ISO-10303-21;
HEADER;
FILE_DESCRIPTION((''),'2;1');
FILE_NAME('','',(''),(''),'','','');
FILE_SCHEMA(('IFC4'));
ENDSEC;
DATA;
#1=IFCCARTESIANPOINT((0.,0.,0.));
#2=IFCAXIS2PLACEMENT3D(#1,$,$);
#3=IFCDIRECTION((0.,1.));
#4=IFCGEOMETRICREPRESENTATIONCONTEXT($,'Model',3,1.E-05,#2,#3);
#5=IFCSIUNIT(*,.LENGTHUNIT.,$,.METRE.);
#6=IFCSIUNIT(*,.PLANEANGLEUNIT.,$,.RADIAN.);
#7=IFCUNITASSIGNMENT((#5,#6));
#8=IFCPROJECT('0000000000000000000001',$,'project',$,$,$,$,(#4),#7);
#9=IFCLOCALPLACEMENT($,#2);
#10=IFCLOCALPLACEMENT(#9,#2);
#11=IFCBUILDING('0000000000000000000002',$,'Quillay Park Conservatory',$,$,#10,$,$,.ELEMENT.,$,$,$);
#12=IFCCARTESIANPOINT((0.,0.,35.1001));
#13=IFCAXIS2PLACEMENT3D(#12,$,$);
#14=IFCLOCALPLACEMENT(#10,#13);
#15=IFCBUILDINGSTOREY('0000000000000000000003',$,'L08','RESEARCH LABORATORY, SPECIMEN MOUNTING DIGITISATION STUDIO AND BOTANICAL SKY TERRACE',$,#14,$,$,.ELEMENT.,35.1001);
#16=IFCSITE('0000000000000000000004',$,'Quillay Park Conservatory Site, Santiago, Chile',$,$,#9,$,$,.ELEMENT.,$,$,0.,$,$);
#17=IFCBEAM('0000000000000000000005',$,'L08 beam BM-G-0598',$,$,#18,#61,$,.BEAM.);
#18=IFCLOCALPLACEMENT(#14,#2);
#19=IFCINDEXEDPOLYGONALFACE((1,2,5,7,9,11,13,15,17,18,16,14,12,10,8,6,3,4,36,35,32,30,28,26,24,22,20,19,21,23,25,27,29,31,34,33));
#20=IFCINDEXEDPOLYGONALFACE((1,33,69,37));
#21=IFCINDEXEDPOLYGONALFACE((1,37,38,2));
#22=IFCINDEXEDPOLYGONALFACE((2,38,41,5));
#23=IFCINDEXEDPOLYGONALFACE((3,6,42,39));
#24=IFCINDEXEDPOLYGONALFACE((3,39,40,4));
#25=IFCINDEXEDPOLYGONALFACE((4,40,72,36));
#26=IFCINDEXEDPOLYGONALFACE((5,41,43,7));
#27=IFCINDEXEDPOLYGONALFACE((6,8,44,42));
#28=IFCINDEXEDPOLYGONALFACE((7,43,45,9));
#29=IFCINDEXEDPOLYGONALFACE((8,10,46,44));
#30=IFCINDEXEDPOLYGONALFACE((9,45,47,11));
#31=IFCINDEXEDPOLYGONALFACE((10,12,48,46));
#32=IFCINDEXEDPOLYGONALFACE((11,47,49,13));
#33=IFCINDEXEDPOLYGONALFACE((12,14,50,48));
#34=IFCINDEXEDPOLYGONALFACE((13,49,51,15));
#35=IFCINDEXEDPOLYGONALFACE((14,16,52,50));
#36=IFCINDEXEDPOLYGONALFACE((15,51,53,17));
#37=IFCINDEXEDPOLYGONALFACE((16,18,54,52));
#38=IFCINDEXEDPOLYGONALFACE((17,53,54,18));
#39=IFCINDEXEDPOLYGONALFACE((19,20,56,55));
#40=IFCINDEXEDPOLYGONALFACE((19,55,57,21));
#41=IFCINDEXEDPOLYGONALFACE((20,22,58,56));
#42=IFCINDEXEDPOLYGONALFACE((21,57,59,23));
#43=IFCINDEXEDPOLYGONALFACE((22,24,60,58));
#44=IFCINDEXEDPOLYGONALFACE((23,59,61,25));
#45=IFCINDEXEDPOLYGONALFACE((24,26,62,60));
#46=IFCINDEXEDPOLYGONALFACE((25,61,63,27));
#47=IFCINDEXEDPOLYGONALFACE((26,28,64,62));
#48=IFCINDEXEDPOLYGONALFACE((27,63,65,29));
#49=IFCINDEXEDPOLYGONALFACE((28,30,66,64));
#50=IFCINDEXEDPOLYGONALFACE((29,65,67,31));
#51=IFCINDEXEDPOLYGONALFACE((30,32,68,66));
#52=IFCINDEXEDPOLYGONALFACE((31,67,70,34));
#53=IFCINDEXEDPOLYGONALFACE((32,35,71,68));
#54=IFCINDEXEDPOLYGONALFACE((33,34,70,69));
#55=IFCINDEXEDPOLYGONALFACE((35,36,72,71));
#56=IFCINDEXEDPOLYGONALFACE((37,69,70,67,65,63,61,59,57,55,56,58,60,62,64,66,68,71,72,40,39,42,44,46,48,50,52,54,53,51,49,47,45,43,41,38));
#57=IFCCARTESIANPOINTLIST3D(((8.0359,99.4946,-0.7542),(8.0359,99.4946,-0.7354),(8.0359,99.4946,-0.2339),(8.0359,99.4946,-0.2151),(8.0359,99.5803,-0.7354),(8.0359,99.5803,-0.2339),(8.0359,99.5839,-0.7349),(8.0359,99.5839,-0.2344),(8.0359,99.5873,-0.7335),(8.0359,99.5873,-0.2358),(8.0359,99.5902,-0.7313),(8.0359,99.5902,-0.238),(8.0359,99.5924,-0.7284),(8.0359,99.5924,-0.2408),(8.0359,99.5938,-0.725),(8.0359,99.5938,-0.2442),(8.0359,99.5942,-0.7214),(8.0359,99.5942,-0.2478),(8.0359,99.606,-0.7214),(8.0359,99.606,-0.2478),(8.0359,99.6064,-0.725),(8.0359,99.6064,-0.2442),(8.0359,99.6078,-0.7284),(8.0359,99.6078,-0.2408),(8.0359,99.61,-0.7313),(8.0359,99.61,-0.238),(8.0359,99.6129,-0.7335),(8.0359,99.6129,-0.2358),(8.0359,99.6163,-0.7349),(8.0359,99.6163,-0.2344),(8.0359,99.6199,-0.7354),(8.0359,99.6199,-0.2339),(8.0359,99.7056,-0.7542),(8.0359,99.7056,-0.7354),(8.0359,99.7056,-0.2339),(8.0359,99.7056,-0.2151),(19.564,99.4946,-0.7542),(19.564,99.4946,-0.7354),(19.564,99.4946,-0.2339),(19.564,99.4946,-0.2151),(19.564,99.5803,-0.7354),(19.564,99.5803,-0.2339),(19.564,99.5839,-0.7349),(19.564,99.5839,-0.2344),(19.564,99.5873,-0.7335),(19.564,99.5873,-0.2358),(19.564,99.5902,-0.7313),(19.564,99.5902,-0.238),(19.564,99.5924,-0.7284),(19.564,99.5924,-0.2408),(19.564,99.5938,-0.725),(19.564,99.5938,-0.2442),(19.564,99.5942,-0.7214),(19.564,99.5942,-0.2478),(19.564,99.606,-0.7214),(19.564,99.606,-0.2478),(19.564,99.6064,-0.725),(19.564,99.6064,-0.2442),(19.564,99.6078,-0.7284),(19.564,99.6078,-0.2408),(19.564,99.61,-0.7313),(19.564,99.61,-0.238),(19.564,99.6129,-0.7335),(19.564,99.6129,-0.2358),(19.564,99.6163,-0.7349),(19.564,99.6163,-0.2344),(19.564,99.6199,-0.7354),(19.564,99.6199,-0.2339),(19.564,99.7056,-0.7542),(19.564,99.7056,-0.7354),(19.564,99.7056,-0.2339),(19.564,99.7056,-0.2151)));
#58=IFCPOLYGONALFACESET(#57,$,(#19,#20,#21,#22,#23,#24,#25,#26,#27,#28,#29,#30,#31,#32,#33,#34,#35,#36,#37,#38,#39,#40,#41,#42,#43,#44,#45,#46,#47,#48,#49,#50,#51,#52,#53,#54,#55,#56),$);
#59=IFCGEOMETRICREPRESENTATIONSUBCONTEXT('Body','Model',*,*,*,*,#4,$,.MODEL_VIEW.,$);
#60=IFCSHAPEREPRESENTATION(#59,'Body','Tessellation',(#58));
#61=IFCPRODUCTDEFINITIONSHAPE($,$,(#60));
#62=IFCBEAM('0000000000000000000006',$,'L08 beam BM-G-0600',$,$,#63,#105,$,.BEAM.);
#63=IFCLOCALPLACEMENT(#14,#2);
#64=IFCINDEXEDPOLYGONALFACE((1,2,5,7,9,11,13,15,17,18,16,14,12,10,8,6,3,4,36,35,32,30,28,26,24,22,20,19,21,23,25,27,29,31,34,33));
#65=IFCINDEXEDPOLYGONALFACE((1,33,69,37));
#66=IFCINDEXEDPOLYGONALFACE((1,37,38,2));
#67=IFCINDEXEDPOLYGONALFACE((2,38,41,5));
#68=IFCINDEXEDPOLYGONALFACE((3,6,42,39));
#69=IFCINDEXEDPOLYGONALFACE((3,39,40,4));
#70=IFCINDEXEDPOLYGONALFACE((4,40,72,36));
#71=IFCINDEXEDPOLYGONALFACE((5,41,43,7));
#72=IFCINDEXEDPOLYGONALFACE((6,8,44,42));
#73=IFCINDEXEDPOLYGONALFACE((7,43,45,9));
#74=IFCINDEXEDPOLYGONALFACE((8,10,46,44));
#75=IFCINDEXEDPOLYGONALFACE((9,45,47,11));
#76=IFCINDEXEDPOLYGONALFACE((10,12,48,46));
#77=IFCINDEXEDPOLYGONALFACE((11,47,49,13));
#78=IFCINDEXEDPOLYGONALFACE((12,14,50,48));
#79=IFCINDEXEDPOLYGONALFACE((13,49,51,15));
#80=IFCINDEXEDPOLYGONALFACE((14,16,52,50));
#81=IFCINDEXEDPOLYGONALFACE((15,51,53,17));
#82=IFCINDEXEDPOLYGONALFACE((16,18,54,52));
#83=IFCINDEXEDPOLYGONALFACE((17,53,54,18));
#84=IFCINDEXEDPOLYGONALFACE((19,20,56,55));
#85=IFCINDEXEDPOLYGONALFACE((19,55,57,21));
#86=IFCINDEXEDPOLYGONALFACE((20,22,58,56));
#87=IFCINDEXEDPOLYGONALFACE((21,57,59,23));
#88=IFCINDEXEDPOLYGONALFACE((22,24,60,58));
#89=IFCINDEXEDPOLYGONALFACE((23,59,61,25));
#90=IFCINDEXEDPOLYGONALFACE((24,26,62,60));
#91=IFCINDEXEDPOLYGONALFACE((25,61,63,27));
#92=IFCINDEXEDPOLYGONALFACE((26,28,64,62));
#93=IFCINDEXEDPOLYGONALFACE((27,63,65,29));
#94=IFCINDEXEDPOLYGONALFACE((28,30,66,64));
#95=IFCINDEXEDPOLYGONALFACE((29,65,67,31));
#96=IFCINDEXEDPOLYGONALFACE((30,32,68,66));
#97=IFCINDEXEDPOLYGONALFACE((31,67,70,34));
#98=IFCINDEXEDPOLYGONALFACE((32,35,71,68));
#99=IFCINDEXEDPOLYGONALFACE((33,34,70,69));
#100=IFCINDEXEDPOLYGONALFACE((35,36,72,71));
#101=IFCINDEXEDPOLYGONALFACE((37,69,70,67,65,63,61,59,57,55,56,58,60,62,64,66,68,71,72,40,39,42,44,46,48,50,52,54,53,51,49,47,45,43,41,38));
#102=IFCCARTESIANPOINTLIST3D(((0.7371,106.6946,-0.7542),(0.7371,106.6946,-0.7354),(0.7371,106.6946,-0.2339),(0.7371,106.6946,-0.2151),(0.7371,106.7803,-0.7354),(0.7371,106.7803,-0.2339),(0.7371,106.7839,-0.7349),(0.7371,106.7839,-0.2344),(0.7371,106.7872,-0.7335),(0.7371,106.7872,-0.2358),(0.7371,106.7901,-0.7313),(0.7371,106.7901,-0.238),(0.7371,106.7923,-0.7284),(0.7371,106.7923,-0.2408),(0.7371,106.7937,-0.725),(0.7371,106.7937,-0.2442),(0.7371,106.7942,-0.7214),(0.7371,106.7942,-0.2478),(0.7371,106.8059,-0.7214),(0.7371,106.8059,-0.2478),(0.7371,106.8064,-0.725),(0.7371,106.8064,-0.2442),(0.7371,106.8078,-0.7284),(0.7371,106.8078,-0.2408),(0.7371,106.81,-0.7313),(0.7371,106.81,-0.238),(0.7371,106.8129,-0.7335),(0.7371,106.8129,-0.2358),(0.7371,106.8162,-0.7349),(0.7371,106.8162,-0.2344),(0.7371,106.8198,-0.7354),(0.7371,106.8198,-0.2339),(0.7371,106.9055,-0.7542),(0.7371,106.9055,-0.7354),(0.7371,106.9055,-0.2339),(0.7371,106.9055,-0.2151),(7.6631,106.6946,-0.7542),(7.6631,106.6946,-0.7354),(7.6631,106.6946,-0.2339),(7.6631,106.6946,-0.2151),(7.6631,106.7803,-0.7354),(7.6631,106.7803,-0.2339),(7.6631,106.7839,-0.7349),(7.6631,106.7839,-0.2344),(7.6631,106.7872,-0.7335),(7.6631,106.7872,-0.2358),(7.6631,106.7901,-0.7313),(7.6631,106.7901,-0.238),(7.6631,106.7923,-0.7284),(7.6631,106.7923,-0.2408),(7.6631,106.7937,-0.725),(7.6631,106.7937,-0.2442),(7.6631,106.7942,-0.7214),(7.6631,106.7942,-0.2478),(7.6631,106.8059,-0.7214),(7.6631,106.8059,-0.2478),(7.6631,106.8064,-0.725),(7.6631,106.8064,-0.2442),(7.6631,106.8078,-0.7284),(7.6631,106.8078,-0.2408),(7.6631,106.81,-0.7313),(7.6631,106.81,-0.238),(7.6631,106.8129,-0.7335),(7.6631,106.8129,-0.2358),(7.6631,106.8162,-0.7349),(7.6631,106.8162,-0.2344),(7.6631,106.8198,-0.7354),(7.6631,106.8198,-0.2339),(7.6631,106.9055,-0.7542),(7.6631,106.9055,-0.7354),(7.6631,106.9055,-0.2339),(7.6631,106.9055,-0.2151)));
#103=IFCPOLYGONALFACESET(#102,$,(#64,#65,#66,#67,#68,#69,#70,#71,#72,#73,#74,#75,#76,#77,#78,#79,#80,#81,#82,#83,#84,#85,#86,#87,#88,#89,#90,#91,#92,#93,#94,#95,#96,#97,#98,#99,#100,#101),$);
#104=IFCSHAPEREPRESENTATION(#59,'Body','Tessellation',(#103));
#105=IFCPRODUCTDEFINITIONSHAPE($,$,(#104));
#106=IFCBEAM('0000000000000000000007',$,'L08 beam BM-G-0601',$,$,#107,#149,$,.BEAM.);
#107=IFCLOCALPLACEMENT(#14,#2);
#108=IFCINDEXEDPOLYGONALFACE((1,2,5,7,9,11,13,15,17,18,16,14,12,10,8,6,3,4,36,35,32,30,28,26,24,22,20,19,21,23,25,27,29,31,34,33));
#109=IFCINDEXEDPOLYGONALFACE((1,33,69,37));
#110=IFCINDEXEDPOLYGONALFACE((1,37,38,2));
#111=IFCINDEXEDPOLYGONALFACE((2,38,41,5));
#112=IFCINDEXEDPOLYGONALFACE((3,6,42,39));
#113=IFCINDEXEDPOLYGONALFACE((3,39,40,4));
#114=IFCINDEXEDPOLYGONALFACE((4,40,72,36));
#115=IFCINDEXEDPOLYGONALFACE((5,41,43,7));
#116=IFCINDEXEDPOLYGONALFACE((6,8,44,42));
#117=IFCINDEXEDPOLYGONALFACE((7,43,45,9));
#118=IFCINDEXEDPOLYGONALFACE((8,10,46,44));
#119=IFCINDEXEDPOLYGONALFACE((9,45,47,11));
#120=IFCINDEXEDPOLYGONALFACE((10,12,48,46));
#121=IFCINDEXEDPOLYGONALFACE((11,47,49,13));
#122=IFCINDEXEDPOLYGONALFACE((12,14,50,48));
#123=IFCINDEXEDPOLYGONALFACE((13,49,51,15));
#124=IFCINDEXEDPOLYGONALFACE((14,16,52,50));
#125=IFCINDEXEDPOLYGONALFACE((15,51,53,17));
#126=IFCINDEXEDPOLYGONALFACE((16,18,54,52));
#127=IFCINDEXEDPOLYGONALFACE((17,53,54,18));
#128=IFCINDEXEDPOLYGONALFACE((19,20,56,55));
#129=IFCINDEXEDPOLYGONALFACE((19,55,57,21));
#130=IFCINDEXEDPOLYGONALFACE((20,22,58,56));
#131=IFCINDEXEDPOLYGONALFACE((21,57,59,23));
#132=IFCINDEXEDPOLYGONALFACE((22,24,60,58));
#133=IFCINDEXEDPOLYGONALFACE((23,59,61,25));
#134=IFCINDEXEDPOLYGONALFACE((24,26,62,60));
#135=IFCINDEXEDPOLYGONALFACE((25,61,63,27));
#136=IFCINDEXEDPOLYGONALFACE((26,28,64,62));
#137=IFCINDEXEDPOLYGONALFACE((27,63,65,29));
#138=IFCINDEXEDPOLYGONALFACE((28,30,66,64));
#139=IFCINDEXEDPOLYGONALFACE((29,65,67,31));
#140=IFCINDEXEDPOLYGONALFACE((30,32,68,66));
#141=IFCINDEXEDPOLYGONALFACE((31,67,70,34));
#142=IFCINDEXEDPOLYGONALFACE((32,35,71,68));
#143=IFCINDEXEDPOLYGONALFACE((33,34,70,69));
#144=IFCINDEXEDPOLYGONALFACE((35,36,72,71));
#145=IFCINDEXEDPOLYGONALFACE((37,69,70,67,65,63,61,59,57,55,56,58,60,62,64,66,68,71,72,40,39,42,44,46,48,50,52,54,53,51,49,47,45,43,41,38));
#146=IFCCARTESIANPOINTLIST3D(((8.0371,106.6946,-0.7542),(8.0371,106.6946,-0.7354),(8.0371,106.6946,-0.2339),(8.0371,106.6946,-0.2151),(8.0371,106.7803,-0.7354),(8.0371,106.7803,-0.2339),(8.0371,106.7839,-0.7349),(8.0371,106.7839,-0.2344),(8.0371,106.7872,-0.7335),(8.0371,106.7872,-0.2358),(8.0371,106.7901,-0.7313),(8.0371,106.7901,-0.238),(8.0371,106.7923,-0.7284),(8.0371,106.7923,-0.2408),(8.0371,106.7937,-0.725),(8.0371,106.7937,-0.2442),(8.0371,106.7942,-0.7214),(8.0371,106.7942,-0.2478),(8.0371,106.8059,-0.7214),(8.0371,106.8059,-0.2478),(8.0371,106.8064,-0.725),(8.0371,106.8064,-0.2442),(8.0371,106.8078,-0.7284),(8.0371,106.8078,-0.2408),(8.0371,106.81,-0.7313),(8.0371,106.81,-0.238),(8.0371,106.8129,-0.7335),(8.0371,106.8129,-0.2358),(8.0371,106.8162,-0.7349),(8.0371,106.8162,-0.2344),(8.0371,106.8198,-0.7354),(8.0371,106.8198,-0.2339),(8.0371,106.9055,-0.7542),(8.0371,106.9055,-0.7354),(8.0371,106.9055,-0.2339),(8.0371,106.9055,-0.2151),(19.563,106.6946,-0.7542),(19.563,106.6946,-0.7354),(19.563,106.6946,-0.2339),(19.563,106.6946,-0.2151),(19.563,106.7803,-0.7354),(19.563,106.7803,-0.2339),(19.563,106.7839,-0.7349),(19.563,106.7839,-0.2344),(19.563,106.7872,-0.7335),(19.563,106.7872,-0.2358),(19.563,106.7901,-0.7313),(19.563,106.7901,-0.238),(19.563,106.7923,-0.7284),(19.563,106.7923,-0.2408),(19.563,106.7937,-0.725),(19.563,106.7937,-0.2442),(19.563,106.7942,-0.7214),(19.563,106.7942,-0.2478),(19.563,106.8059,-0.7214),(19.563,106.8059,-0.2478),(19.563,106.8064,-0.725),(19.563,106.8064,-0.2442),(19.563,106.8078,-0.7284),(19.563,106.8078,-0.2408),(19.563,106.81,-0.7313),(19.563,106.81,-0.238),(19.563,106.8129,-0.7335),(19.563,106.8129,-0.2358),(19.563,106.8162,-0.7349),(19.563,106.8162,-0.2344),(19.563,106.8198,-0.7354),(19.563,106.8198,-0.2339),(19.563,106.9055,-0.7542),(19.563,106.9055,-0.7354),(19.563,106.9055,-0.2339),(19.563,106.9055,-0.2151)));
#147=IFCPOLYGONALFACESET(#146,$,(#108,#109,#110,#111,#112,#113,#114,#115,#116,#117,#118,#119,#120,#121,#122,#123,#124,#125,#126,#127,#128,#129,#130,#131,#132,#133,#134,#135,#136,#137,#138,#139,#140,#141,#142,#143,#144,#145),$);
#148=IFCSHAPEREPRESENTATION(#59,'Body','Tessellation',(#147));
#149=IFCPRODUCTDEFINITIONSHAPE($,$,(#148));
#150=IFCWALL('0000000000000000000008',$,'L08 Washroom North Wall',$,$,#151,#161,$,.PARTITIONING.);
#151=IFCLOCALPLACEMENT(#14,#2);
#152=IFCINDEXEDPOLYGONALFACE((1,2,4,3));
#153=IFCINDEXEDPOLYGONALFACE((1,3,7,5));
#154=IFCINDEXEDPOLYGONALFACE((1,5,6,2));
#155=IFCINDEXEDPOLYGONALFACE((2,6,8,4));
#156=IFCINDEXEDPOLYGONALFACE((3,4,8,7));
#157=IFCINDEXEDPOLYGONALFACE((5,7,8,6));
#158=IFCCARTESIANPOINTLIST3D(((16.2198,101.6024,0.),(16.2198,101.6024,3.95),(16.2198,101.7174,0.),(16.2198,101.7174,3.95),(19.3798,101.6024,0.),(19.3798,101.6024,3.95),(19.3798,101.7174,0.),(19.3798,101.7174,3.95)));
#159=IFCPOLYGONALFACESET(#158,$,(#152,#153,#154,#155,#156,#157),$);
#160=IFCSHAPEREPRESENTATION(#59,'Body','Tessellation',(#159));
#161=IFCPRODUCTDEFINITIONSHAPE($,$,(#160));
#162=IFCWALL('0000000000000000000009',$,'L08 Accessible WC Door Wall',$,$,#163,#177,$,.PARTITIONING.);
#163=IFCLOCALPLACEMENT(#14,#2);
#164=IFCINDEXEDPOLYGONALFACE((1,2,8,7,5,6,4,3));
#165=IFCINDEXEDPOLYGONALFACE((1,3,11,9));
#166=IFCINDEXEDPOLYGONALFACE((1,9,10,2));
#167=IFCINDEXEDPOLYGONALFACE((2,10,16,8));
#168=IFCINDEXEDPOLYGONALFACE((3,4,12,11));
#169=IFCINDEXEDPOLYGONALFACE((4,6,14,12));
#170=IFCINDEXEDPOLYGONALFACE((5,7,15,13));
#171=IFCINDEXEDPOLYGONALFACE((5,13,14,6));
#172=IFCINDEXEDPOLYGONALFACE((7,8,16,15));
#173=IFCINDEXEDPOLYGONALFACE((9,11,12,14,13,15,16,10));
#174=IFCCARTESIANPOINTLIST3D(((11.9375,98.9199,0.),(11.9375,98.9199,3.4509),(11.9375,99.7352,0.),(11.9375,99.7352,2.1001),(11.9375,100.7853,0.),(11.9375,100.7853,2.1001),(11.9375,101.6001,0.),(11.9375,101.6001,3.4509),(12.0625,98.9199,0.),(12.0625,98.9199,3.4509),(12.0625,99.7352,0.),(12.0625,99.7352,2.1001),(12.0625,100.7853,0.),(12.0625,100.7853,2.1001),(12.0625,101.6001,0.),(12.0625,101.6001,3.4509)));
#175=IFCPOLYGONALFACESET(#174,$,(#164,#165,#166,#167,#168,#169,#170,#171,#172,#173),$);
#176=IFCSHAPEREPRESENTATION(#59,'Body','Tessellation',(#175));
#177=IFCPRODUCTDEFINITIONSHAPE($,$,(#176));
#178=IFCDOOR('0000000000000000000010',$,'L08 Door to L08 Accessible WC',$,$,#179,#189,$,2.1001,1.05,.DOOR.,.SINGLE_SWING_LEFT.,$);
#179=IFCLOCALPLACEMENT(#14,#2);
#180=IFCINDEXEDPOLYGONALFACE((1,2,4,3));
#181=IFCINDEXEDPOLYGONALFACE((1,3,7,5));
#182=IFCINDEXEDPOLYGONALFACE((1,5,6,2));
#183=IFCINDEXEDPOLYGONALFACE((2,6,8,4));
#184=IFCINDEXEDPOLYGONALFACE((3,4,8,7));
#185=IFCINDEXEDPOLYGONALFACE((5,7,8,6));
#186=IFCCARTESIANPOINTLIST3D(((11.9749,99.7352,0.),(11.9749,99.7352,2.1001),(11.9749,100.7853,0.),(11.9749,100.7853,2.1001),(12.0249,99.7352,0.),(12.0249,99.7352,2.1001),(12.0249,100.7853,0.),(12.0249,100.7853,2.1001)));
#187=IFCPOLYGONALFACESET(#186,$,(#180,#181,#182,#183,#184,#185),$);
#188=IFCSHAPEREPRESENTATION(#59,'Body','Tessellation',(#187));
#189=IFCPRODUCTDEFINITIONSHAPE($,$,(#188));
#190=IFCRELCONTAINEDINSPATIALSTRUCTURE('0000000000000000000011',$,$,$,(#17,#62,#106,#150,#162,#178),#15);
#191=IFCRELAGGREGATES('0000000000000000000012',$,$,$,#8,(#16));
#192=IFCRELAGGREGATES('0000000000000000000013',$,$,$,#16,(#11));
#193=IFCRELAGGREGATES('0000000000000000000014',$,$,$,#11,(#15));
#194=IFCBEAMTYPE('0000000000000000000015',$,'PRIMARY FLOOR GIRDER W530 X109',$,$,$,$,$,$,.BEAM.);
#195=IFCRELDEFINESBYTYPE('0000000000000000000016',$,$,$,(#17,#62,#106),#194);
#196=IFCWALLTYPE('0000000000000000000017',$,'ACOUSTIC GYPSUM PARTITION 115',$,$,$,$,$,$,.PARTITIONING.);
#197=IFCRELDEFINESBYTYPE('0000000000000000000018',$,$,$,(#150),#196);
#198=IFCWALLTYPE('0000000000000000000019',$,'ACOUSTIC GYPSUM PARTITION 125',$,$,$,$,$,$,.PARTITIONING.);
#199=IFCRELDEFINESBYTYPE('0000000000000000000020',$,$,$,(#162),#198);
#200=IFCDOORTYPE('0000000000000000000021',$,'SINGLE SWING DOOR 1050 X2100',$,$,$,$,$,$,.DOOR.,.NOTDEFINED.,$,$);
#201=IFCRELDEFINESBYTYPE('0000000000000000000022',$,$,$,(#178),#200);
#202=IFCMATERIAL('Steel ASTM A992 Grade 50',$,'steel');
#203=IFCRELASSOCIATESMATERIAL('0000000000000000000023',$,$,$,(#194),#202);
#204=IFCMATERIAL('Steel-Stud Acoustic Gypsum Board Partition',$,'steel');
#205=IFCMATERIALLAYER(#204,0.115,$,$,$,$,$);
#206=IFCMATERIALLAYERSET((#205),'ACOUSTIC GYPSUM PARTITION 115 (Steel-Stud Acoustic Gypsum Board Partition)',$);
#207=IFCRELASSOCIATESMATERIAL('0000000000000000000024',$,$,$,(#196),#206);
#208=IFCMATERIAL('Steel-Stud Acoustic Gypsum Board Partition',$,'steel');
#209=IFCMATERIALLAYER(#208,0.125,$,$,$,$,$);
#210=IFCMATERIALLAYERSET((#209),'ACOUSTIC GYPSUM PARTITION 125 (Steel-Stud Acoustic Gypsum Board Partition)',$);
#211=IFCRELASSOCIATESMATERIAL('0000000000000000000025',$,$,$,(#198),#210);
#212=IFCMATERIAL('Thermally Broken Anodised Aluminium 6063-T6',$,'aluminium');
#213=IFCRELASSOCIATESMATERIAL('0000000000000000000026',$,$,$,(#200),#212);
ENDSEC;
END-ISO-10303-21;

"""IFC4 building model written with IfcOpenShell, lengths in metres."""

from ifc_helpers import new_model, si_unit, direction, frame, frame_2d, origin, origin_2d, place, context, subcontext, project, spatial, rectangle, i_section, extrude, material, layer, layer_set, material_profile, profile_set, type_object, element, fill, save


model = new_model("IFC4")

# Units and contexts
model_context = context("Model", 3, precision=1e-05, world=origin(), true_north=direction((0.0, 1.0)))
body_context = subcontext(model_context, "Body", "Model", "MODEL_VIEW")
ifc_project = project(units=[si_unit("LENGTHUNIT", "METRE"), si_unit("PLANEANGLEUNIT", "RADIAN")], contexts=[model_context])

# Site, building, storey
site_placement = place(None, origin())
site = spatial("IfcSite", under=ifc_project, at=site_placement, Name="Quillay Park Conservatory Site, Santiago, Chile", CompositionType="ELEMENT", RefElevation=0.0)
building_placement = place(site_placement, origin())
building = spatial("IfcBuilding", under=site, at=building_placement, Name="Quillay Park Conservatory", CompositionType="ELEMENT")
storey_placement = place(building_placement, frame((0.0, 0.0, 35.1001)))
storey = spatial("IfcBuildingStorey", under=building, at=storey_placement, Name="L08", Description="RESEARCH LABORATORY, SPECIMEN MOUNTING DIGITISATION STUDIO AND BOTANICAL SKY TERRACE", CompositionType="ELEMENT", Elevation=35.1001)

# Beams
ifc_material_1 = material(Name="Steel ASTM A992 Grade 50", Category="steel")
ifc_material_profile_1 = material_profile(ifc_material_1, i_section(OverallWidth=0.2109, OverallDepth=0.5391, WebThickness=0.0117, FlangeThickness=0.0188, FilletRadius=0.0139, at=origin_2d()), Name="W530x109")
ifc_profile_set_1 = profile_set([ifc_material_profile_1], Name="Steel ASTM A992 Grade 50")
beam_type_1 = type_object("IfcBeamType", Name="PRIMARY FLOOR GIRDER W530 X109", PredefinedType="BEAM", material=ifc_profile_set_1)
beam_1_placement = place(storey_placement, frame((8.0359, 99.6001, -0.4846), z_axis=(1.0, 0.0, 0.0), x_axis=(0.0, 1.0, 0.0)))
element("IfcBeam", 1, at=beam_1_placement, inside=storey, type_object=beam_type_1, Name="L08 beam BM-G-0598", PredefinedType="BEAM", context=body_context, shape_type="SweptSolid", body=[
    extrude(i_section(OverallWidth=0.2109, OverallDepth=0.5391, WebThickness=0.0117, FlangeThickness=0.0188, FilletRadius=0.0139, at=origin_2d()), origin(), (0.0, 0.0, 1.0), 11.5281),
])
beam_2_placement = place(storey_placement, frame((0.7371, 106.8, -0.4846), z_axis=(1.0, 0.0, 0.0), x_axis=(0.0, 1.0, 0.0)))
element("IfcBeam", 2, at=beam_2_placement, inside=storey, type_object=beam_type_1, Name="L08 beam BM-G-0600", PredefinedType="BEAM", context=body_context, shape_type="SweptSolid", body=[
    extrude(i_section(OverallWidth=0.2109, OverallDepth=0.5391, WebThickness=0.0117, FlangeThickness=0.0188, FilletRadius=0.0139, at=origin_2d()), origin(), (0.0, 0.0, 1.0), 6.926),
])
beam_3_placement = place(storey_placement, frame((8.0371, 106.8, -0.4846), z_axis=(1.0, 0.0, 0.0), x_axis=(0.0, 1.0, 0.0)))
element("IfcBeam", 3, at=beam_3_placement, inside=storey, type_object=beam_type_1, Name="L08 beam BM-G-0601", PredefinedType="BEAM", context=body_context, shape_type="SweptSolid", body=[
    extrude(i_section(OverallWidth=0.2109, OverallDepth=0.5391, WebThickness=0.0117, FlangeThickness=0.0188, FilletRadius=0.0139, at=origin_2d()), origin(), (0.0, 0.0, 1.0), 11.5259),
])

# Wall
ifc_material_2 = material(Name="Steel-Stud Acoustic Gypsum Board Partition", Category="steel")
ifc_layer_1 = layer(ifc_material_2, 0.115)
ifc_layer_set_1 = layer_set([ifc_layer_1], Name="ACOUSTIC GYPSUM PARTITION 115 (Steel-Stud Acoustic Gypsum Board Partition)")
wall_type_1 = type_object("IfcWallType", Name="ACOUSTIC GYPSUM PARTITION 115", PredefinedType="PARTITIONING", material=ifc_layer_set_1)
wall_1_placement = place(storey_placement, frame((19.3799, 101.6599, 0.0), z_axis=(0.0, 0.0, 1.0), x_axis=(-1.0, 0.0, 0.0)))
element("IfcWall", 4, at=wall_1_placement, inside=storey, type_object=wall_type_1, Name="L08 Washroom North Wall", PredefinedType="PARTITIONING", context=body_context, shape_type="SweptSolid", body=[
    extrude(rectangle(XDim=3.1599, YDim=0.115, at=frame_2d((1.5801, 0.0))), origin(), (0.0, 0.0, 1.0), 3.95),
])

# Wall, opening, door
ifc_material_3 = material(Name="Steel-Stud Acoustic Gypsum Board Partition", Category="steel")
ifc_layer_2 = layer(ifc_material_3, 0.125)
ifc_layer_set_2 = layer_set([ifc_layer_2], Name="ACOUSTIC GYPSUM PARTITION 125 (Steel-Stud Acoustic Gypsum Board Partition)")
wall_type_2 = type_object("IfcWallType", Name="ACOUSTIC GYPSUM PARTITION 125", PredefinedType="PARTITIONING", material=ifc_layer_set_2)
wall_2_placement = place(storey_placement, frame((12.0, 101.6001, 0.0), z_axis=(0.0, 0.0, 1.0), x_axis=(0.0, -1.0, 0.0)))
wall_2 = element("IfcWall", 5, at=wall_2_placement, inside=storey, type_object=wall_type_2, Name="L08 Accessible WC Door Wall", PredefinedType="PARTITIONING", context=body_context, shape_type="SweptSolid", body=[
    extrude(rectangle(XDim=2.6802, YDim=0.125, at=frame_2d((1.3401, 0.0))), origin(), (0.0, 0.0, 1.0), 3.4509),
])
opening_1_placement = place(wall_2_placement, frame((0.8149, 0.0, 0.0)))
opening_1 = element("IfcOpeningElement", 6, at=opening_1_placement, cuts=wall_2, PredefinedType="OPENING", context=body_context, shape_type="SweptSolid", body=[
    extrude(rectangle(XDim=1.05, YDim=2.1001, at=frame_2d((0.5249, 1.05))), frame((0.0, 0.0625, 0.0), z_axis=(0.0, -1.0, 0.0), x_axis=(1.0, 0.0, 0.0)), (0.0, 0.0, 1.0), 0.125),
])
ifc_material_4 = material(Name="Thermally Broken Anodised Aluminium 6063-T6", Category="aluminium")
door_type_1 = type_object("IfcDoorType", Name="SINGLE SWING DOOR 1050 X2100", OperationType="NOTDEFINED", PredefinedType="DOOR", material=ifc_material_4)
door_1_placement = place(opening_1_placement, origin())
door_1 = element("IfcDoor", 7, at=door_1_placement, inside=storey, type_object=door_type_1, Name="L08 Door to L08 Accessible WC", OperationType="SINGLE_SWING_LEFT", OverallHeight=2.1001, OverallWidth=1.05, PredefinedType="DOOR", context=body_context, shape_type="SweptSolid", body=[
    extrude(rectangle(XDim=1.05, YDim=2.1001, at=frame_2d((0.5249, 1.05))), frame((0.0, 0.0249, 0.0), z_axis=(0.0, -1.0, 0.0), x_axis=(1.0, 0.0, 0.0)), (0.0, 0.0, 1.0), 0.05),
])
fill(opening_1, door_1)

save(model, "model.ifc")
